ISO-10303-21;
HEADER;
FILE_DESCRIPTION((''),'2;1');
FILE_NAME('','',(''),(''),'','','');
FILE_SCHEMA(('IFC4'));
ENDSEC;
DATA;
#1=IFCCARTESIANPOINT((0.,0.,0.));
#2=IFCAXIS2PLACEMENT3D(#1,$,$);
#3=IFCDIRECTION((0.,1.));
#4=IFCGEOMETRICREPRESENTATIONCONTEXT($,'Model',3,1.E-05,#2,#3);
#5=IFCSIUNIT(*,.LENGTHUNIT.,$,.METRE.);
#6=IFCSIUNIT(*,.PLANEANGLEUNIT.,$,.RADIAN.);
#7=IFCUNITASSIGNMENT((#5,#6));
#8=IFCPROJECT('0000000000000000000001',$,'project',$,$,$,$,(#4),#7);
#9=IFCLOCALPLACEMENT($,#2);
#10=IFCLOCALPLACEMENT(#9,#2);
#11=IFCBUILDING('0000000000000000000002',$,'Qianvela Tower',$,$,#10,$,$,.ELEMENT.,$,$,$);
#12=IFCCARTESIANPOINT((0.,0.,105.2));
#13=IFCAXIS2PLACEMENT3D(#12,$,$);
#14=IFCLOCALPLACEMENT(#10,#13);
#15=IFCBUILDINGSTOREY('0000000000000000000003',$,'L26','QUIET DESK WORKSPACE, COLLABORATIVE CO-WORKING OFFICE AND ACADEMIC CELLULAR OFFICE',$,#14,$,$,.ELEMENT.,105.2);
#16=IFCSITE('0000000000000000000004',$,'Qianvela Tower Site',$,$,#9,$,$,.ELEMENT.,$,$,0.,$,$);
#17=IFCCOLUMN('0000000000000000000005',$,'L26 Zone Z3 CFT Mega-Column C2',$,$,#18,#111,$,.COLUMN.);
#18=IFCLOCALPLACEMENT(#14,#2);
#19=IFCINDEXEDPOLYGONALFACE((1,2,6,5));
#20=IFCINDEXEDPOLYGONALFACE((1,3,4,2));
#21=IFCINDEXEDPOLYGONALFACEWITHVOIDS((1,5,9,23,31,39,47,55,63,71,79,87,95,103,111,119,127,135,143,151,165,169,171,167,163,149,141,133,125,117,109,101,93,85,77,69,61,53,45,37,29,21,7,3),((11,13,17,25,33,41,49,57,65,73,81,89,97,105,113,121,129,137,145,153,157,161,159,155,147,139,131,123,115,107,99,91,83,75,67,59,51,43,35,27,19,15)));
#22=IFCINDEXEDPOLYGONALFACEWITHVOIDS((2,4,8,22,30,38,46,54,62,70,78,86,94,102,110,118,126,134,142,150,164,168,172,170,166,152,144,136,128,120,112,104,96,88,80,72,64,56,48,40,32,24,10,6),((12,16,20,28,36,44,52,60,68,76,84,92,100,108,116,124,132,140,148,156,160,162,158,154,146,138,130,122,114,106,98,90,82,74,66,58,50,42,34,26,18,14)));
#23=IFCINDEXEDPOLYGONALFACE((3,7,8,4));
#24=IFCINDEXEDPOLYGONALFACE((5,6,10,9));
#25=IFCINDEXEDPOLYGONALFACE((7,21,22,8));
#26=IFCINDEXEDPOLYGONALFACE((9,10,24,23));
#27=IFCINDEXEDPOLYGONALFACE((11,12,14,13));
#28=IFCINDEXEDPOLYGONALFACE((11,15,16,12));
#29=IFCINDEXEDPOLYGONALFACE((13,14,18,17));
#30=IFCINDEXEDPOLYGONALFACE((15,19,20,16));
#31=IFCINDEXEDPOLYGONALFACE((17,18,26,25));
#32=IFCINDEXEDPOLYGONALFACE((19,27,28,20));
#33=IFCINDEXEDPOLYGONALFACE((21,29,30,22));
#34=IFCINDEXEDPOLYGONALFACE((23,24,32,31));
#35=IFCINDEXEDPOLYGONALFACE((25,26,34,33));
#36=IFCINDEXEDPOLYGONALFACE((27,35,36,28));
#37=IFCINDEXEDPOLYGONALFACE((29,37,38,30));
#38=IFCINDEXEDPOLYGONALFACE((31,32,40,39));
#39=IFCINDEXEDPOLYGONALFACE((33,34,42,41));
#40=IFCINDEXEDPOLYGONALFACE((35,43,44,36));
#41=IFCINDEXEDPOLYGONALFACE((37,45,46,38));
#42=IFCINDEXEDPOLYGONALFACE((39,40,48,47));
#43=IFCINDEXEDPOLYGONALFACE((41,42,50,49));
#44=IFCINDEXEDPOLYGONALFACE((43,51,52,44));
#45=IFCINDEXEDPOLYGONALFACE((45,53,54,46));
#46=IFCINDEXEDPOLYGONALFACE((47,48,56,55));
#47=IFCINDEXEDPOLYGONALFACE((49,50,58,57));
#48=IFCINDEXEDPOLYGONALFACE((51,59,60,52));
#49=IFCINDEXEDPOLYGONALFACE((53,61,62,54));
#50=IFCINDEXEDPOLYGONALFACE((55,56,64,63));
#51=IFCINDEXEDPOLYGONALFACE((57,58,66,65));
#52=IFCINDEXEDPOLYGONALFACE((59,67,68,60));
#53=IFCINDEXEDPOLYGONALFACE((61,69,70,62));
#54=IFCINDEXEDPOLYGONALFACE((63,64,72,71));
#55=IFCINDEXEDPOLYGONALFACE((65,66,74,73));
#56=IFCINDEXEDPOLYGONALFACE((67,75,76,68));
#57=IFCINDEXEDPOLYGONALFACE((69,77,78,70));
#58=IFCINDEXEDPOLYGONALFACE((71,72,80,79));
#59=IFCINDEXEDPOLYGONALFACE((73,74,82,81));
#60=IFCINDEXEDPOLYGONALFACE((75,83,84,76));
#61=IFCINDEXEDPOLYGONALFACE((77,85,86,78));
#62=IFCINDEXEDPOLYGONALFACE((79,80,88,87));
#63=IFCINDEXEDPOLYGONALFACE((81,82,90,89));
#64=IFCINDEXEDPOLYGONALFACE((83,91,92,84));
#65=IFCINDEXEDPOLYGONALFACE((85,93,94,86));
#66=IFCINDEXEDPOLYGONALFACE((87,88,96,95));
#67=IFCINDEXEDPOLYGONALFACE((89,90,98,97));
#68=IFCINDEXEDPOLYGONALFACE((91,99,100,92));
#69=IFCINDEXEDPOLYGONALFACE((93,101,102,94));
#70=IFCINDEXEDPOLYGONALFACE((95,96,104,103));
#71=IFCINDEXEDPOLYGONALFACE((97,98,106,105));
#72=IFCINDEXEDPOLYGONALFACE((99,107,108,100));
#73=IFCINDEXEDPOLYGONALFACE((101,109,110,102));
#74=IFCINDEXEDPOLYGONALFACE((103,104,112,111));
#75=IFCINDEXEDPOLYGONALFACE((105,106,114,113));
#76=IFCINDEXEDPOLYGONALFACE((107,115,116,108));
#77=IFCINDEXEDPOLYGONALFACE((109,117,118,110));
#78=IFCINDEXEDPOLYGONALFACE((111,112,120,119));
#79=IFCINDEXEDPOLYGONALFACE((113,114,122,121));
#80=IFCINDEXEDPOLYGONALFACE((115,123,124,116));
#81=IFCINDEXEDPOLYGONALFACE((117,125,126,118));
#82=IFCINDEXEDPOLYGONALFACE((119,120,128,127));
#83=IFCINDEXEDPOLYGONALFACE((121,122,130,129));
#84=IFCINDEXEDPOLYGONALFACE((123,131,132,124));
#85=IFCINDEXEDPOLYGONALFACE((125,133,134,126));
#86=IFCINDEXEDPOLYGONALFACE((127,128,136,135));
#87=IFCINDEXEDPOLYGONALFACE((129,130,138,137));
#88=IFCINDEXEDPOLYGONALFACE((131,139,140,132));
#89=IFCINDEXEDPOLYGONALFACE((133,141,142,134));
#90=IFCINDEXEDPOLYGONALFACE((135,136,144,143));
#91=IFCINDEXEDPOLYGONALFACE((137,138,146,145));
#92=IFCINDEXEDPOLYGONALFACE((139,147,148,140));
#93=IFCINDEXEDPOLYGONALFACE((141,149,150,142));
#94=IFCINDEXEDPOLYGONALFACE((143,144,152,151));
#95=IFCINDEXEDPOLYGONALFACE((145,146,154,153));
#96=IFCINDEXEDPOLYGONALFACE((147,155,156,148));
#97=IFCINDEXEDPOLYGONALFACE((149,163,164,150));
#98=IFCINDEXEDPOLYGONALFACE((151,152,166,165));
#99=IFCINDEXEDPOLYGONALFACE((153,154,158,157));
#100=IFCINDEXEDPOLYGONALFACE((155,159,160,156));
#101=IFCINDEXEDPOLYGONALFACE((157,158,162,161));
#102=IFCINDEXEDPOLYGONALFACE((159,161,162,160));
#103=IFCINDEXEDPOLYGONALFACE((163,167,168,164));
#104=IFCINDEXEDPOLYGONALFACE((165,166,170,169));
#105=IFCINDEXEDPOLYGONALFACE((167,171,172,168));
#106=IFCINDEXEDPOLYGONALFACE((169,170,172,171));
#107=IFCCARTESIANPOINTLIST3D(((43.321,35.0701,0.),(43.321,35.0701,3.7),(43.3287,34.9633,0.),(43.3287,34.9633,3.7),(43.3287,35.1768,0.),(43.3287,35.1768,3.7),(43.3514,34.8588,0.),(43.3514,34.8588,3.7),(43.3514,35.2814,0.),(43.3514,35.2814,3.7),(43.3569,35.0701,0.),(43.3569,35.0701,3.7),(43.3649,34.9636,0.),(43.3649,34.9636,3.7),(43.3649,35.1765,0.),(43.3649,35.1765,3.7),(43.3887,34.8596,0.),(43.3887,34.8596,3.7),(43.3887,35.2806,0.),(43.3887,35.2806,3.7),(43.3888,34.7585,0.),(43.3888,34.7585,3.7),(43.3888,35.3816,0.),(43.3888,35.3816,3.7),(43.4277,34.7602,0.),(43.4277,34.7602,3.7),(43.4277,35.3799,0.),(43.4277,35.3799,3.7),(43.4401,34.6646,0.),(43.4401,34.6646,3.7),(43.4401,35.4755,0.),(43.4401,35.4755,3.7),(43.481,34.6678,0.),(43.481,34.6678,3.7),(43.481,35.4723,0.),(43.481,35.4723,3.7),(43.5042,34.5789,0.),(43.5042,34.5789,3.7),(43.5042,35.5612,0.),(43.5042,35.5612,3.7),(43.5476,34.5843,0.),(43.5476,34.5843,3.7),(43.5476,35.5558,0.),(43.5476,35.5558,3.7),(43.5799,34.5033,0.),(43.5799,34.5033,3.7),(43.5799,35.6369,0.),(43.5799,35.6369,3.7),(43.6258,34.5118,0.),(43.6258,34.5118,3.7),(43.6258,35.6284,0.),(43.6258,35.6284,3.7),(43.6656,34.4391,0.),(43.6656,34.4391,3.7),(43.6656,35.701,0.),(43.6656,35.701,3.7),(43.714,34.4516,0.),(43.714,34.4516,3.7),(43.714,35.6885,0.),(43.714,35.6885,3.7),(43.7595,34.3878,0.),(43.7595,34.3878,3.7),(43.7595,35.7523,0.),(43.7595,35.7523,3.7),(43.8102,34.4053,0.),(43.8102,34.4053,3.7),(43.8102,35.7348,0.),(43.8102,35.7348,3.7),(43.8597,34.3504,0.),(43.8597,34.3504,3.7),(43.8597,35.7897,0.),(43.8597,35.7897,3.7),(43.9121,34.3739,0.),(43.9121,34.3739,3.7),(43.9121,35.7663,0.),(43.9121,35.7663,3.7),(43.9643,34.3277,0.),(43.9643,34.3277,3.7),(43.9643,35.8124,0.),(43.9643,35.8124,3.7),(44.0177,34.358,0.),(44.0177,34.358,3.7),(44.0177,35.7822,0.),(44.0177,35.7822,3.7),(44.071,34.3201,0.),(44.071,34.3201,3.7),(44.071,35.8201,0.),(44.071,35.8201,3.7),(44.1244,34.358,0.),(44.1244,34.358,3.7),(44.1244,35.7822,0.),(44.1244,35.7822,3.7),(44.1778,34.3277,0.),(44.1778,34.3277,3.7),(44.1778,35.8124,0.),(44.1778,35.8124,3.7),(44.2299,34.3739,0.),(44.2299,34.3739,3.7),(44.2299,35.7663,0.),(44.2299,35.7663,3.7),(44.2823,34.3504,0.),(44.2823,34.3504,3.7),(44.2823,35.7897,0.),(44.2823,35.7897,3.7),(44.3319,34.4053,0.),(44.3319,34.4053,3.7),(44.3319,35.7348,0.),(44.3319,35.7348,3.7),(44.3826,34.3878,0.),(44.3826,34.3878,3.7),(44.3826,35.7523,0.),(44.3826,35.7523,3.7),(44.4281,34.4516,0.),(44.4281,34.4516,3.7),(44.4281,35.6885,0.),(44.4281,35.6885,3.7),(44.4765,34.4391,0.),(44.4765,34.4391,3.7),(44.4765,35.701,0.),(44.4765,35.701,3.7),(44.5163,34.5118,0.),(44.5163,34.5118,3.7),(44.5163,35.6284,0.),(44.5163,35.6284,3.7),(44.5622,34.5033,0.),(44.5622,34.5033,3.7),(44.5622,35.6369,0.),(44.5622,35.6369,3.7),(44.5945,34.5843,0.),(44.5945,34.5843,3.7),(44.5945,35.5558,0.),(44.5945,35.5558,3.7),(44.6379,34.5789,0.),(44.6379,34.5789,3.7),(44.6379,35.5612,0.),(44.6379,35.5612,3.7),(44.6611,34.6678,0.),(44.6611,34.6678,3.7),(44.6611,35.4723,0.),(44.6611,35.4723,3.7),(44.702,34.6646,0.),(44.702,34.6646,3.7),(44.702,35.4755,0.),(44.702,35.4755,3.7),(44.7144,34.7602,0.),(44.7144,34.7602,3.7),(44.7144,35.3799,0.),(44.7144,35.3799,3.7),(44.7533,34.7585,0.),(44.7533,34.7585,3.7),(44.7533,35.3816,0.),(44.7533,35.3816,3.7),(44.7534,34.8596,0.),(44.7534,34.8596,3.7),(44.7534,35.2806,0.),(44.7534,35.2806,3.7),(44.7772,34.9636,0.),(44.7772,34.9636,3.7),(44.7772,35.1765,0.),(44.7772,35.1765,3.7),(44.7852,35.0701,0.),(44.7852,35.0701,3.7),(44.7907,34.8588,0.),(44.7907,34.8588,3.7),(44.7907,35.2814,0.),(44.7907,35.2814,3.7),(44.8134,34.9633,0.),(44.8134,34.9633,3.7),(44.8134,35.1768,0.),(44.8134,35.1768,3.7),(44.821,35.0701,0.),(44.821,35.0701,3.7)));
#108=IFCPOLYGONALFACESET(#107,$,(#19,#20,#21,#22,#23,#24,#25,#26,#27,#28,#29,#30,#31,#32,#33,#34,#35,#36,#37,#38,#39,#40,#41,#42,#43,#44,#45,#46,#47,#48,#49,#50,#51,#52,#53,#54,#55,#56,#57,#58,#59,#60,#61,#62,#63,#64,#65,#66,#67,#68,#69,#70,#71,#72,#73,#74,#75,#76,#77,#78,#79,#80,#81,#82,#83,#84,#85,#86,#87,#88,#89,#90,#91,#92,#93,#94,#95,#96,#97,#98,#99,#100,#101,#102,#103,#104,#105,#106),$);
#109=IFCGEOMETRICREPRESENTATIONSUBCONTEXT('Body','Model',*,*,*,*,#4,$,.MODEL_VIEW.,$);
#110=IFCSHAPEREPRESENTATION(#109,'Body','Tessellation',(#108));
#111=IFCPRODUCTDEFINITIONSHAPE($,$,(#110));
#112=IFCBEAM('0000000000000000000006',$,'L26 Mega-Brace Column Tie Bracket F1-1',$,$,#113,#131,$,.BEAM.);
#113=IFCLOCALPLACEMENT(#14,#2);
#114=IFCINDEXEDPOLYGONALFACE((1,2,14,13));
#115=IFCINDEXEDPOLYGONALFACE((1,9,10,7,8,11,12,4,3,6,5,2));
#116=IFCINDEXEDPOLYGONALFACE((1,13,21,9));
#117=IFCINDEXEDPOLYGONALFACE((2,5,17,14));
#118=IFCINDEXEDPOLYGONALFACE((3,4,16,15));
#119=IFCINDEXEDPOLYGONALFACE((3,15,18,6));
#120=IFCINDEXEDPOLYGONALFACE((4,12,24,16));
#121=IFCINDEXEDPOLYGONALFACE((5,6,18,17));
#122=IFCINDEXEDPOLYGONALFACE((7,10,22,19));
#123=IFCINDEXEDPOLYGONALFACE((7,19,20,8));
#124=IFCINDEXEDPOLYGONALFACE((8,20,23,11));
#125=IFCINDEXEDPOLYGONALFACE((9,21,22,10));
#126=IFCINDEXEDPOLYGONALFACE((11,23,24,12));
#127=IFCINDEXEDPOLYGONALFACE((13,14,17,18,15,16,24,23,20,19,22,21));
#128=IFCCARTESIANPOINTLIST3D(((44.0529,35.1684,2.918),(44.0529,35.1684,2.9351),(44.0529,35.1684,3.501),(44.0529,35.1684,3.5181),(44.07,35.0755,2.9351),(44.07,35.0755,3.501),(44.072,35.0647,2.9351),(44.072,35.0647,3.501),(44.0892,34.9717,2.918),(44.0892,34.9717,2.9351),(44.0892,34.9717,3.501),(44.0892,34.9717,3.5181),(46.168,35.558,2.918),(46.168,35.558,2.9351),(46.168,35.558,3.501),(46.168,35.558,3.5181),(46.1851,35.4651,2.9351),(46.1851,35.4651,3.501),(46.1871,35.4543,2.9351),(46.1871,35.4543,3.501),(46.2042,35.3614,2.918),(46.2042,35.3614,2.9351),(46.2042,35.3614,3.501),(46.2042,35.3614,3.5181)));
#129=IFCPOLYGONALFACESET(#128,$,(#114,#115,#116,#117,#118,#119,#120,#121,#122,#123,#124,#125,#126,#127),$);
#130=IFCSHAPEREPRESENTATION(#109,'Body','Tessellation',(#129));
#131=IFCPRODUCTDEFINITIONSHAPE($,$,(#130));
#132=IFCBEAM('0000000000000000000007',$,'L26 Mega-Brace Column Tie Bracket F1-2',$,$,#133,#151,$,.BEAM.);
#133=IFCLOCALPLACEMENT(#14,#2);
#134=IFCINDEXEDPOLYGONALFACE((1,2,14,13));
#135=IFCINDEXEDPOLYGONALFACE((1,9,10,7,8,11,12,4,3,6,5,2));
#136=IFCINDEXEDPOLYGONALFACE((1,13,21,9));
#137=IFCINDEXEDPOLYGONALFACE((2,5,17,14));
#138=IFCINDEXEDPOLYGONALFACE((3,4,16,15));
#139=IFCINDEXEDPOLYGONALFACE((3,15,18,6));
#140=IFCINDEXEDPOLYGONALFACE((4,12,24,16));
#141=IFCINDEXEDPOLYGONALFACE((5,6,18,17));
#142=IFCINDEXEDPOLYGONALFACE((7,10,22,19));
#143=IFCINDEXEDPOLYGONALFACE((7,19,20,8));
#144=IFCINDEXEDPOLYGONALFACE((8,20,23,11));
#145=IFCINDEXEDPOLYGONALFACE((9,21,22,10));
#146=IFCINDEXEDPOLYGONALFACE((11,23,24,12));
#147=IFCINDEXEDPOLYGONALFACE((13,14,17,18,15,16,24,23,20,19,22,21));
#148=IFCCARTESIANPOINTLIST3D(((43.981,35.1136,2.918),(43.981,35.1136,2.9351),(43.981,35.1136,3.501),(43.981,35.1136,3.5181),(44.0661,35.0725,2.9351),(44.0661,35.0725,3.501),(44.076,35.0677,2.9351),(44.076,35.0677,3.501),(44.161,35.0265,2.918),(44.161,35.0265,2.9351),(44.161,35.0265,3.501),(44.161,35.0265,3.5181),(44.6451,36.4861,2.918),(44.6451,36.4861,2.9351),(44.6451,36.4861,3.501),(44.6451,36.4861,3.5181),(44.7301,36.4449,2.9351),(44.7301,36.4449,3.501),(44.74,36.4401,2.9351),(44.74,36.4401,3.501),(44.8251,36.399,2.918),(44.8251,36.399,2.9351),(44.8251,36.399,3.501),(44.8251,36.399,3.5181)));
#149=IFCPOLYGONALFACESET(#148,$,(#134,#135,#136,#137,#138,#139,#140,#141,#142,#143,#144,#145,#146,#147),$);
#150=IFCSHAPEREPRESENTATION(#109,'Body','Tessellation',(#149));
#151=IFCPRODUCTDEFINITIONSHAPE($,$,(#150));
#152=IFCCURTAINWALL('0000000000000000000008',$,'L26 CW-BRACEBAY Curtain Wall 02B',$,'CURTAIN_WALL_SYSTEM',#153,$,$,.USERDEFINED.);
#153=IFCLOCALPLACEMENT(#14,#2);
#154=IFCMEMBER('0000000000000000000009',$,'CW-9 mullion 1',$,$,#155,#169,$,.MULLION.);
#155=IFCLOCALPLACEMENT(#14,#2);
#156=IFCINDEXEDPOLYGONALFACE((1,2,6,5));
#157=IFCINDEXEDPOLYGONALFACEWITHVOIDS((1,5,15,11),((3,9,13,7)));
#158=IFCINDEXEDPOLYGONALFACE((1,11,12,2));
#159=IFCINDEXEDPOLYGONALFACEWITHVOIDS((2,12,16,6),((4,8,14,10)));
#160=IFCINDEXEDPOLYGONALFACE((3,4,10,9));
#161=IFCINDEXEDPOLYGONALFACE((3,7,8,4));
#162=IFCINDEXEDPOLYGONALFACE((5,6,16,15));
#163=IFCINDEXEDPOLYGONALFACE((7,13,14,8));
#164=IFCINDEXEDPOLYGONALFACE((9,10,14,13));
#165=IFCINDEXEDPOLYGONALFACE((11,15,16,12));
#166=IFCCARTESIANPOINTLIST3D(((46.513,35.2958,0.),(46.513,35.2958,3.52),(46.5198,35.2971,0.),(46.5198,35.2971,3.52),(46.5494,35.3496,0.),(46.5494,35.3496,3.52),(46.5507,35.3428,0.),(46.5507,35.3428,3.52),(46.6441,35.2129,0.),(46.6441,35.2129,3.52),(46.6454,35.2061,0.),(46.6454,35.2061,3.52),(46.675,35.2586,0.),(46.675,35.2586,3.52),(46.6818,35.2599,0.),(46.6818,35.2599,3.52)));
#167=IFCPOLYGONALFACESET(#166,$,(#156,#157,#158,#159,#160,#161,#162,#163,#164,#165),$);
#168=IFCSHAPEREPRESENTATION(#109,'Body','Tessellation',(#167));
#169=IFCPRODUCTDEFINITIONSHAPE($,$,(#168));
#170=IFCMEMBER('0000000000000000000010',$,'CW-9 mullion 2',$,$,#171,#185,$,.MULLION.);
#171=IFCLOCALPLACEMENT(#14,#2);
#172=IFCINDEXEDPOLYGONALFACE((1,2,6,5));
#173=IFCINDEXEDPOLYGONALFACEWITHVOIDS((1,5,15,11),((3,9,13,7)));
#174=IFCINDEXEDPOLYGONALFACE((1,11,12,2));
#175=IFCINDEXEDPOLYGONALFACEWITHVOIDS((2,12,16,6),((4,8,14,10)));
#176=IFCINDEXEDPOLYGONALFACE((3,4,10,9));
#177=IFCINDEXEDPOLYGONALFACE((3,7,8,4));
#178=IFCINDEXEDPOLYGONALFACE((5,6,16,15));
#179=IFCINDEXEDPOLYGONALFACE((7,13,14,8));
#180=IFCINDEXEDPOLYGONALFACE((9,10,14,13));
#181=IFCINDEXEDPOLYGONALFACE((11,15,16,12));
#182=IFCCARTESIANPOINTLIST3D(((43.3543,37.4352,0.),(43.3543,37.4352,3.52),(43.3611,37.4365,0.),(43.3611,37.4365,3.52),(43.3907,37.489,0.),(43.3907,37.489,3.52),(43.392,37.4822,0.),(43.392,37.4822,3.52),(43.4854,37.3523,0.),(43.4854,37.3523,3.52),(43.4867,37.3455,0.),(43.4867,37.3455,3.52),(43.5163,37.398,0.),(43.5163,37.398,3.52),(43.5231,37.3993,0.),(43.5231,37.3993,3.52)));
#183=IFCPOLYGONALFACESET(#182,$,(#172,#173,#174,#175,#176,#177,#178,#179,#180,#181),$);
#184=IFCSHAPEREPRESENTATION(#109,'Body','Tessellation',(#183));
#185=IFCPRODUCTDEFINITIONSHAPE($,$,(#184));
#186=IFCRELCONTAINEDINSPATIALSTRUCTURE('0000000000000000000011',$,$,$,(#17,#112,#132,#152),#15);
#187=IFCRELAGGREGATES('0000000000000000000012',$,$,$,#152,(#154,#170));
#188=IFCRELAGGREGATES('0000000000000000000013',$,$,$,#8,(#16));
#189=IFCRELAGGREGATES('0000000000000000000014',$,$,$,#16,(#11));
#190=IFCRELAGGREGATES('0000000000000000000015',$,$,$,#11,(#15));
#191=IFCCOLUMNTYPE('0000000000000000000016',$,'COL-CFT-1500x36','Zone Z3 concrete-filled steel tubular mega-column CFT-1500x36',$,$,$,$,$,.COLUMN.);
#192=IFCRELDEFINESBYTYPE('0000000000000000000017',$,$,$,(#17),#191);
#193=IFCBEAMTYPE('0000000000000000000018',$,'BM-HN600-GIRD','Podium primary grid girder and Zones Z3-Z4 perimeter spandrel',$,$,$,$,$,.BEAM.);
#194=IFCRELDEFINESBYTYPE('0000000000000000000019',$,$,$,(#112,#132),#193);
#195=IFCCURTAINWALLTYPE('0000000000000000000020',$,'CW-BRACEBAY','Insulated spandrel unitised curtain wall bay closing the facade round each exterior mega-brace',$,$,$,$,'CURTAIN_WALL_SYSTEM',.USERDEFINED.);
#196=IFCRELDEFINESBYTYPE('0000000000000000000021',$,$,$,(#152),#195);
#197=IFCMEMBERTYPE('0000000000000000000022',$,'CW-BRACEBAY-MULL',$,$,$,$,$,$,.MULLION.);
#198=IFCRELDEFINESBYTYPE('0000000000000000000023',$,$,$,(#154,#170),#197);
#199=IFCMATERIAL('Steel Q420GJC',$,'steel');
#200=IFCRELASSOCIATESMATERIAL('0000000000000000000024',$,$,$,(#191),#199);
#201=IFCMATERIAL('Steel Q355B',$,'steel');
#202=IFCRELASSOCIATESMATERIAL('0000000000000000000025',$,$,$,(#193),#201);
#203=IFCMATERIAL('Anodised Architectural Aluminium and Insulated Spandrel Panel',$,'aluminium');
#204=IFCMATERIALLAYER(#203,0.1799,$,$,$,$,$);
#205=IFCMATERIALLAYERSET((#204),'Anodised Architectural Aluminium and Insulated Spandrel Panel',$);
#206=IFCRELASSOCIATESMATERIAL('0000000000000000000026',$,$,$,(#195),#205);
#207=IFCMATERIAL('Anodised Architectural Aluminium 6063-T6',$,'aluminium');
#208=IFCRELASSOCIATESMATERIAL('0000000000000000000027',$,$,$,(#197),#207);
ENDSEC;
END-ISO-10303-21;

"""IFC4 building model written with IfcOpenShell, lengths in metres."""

from ifc_helpers import new_model, si_unit, direction, frame, origin, origin_2d, place, context, subcontext, project, spatial, hollow_rectangle, hollow_circle, i_section, extrude, material, layer, layer_set, material_profile, profile_set, type_object, element, aggregate, save


model = new_model("IFC4")

# Units and contexts
model_context = context("Model", 3, precision=1e-05, world=origin(), true_north=direction((0.0, 1.0)))
body_context = subcontext(model_context, "Body", "Model", "MODEL_VIEW")
ifc_project = project(units=[si_unit("LENGTHUNIT", "METRE"), si_unit("PLANEANGLEUNIT", "RADIAN")], contexts=[model_context])

# Site, building, storey
site_placement = place(None, origin())
site = spatial("IfcSite", under=ifc_project, at=site_placement, Name="Qianvela Tower Site", CompositionType="ELEMENT", RefElevation=0.0)
building_placement = place(site_placement, origin())
building = spatial("IfcBuilding", under=site, at=building_placement, Name="Qianvela Tower", CompositionType="ELEMENT")
storey_placement = place(building_placement, frame((0.0, 0.0, 105.2)))
storey = spatial("IfcBuildingStorey", under=building, at=storey_placement, Name="L26", Description="QUIET DESK WORKSPACE, COLLABORATIVE CO-WORKING OFFICE AND ACADEMIC CELLULAR OFFICE", CompositionType="ELEMENT", Elevation=105.2)

# Column
ifc_material_1 = material(Name="Steel Q420GJC", Category="steel")
ifc_material_profile_1 = material_profile(ifc_material_1, hollow_circle(Radius=0.75, WallThickness=0.0359, at=origin_2d()), Name="CFT-1500x36")
ifc_profile_set_1 = profile_set([ifc_material_profile_1], Name="Steel Q420GJC")
column_type = type_object("IfcColumnType", Name="COL-CFT-1500x36", Description="Zone Z3 concrete-filled steel tubular mega-column CFT-1500x36", PredefinedType="COLUMN", material=ifc_profile_set_1)
column_placement = place(storey_placement, frame((44.071, 35.0701, 0.0), z_axis=(0.0, 0.0, 1.0), x_axis=(1.0, 0.0, 0.0)))
element("IfcColumn", 1, at=column_placement, inside=storey, type_object=column_type, Name="L26 Zone Z3 CFT Mega-Column C2", PredefinedType="COLUMN", context=body_context, shape_type="SweptSolid", body=[
    extrude(hollow_circle(Radius=0.75, WallThickness=0.0359, at=origin_2d()), origin(), (0.0, 0.0, 1.0), 3.7),
])

# Beams
ifc_material_2 = material(Name="Steel Q355B", Category="steel")
ifc_material_profile_2 = material_profile(ifc_material_2, i_section(OverallWidth=0.2, OverallDepth=0.6001, WebThickness=0.011, FlangeThickness=0.0171, at=origin_2d()), Name="HN600x200x11x17")
ifc_profile_set_2 = profile_set([ifc_material_profile_2], Name="Steel Q355B")
beam_type = type_object("IfcBeamType", Name="BM-HN600-GIRD", Description="Podium primary grid girder and Zones Z3-Z4 perimeter spandrel", PredefinedType="BEAM", material=ifc_profile_set_2)
beam_1_placement = place(storey_placement, frame((44.071, 35.0701, 3.218), z_axis=(0.983449, 0.181183, 0.0), x_axis=(-0.181183, 0.983449, 0.0)))
element("IfcBeam", 2, at=beam_1_placement, inside=storey, type_object=beam_type, Name="L26 Mega-Brace Column Tie Bracket F1-1", PredefinedType="BEAM", context=body_context, shape_type="SweptSolid", body=[
    extrude(i_section(OverallWidth=0.2, OverallDepth=0.6001, WebThickness=0.011, FlangeThickness=0.0171, at=origin_2d()), origin(), (0.0, 0.0, 1.0), 2.1506),
])
beam_2_placement = place(storey_placement, frame((44.071, 35.0701, 3.218), z_axis=(0.435519, 0.90018, 0.0), x_axis=(-0.90018, 0.435519, 0.0)))
element("IfcBeam", 3, at=beam_2_placement, inside=storey, type_object=beam_type, Name="L26 Mega-Brace Column Tie Bracket F1-2", PredefinedType="BEAM", context=body_context, shape_type="SweptSolid", body=[
    extrude(i_section(OverallWidth=0.2, OverallDepth=0.6001, WebThickness=0.011, FlangeThickness=0.0171, at=origin_2d()), origin(), (0.0, 0.0, 1.0), 1.5247),
])

# Curtain wall, members
ifc_material_3 = material(Name="Anodised Architectural Aluminium and Insulated Spandrel Panel", Category="aluminium")
ifc_layer_1 = layer(ifc_material_3, 0.1799)
ifc_layer_set_1 = layer_set([ifc_layer_1], Name="Anodised Architectural Aluminium and Insulated Spandrel Panel")
curtain_wall_type_1 = type_object("IfcCurtainWallType", Name="CW-BRACEBAY", Description="Insulated spandrel unitised curtain wall bay closing the facade round each exterior mega-brace", ElementType="CURTAIN_WALL_SYSTEM", PredefinedType="USERDEFINED", material=ifc_layer_set_1)
curtain_wall_1_placement = place(storey_placement, origin())
curtain_wall_1 = element("IfcCurtainWall", 4, at=curtain_wall_1_placement, inside=storey, type_object=curtain_wall_type_1, Name="L26 CW-BRACEBAY Curtain Wall 02B", ObjectType="CURTAIN_WALL_SYSTEM", PredefinedType="USERDEFINED")
ifc_material_4 = material(Name="Anodised Architectural Aluminium 6063-T6", Category="aluminium")
ifc_material_profile_3 = material_profile(ifc_material_4, hollow_rectangle(XDim=0.0649, YDim=0.1599, WallThickness=0.0049, at=origin_2d()), Name="ALU-MULL-65x160")
ifc_profile_set_3 = profile_set([ifc_material_profile_3], Name="Anodised Architectural Aluminium 6063-T6")
member_type_1 = type_object("IfcMemberType", Name="CW-BRACEBAY-MULL", PredefinedType="MULLION", material=ifc_profile_set_3)
member_1_placement = place(storey_placement, frame((46.5974, 35.2778, 0.0), z_axis=(0.0, 0.0, 1.0), x_axis=(-0.560823, -0.827936, 0.0)))
member_1 = element("IfcMember", 5, at=member_1_placement, type_object=member_type_1, Name="CW-9 mullion 1", PredefinedType="MULLION", context=body_context, shape_type="SweptSolid", body=[
    extrude(hollow_rectangle(XDim=0.0649, YDim=0.1599, WallThickness=0.0049, at=origin_2d()), origin(), (0.0, 0.0, 1.0), 3.52),
])
member_2_placement = place(storey_placement, frame((43.4387, 37.4172, 0.0), z_axis=(0.0, 0.0, 1.0), x_axis=(-0.560823, -0.827936, 0.0)))
member_2 = element("IfcMember", 6, at=member_2_placement, type_object=member_type_1, Name="CW-9 mullion 2", PredefinedType="MULLION", context=body_context, shape_type="SweptSolid", body=[
    extrude(hollow_rectangle(XDim=0.0649, YDim=0.1599, WallThickness=0.0049, at=origin_2d()), origin(), (0.0, 0.0, 1.0), 3.52),
])

aggregate(curtain_wall_1, [member_1, member_2])

save(model, "model.ifc")
